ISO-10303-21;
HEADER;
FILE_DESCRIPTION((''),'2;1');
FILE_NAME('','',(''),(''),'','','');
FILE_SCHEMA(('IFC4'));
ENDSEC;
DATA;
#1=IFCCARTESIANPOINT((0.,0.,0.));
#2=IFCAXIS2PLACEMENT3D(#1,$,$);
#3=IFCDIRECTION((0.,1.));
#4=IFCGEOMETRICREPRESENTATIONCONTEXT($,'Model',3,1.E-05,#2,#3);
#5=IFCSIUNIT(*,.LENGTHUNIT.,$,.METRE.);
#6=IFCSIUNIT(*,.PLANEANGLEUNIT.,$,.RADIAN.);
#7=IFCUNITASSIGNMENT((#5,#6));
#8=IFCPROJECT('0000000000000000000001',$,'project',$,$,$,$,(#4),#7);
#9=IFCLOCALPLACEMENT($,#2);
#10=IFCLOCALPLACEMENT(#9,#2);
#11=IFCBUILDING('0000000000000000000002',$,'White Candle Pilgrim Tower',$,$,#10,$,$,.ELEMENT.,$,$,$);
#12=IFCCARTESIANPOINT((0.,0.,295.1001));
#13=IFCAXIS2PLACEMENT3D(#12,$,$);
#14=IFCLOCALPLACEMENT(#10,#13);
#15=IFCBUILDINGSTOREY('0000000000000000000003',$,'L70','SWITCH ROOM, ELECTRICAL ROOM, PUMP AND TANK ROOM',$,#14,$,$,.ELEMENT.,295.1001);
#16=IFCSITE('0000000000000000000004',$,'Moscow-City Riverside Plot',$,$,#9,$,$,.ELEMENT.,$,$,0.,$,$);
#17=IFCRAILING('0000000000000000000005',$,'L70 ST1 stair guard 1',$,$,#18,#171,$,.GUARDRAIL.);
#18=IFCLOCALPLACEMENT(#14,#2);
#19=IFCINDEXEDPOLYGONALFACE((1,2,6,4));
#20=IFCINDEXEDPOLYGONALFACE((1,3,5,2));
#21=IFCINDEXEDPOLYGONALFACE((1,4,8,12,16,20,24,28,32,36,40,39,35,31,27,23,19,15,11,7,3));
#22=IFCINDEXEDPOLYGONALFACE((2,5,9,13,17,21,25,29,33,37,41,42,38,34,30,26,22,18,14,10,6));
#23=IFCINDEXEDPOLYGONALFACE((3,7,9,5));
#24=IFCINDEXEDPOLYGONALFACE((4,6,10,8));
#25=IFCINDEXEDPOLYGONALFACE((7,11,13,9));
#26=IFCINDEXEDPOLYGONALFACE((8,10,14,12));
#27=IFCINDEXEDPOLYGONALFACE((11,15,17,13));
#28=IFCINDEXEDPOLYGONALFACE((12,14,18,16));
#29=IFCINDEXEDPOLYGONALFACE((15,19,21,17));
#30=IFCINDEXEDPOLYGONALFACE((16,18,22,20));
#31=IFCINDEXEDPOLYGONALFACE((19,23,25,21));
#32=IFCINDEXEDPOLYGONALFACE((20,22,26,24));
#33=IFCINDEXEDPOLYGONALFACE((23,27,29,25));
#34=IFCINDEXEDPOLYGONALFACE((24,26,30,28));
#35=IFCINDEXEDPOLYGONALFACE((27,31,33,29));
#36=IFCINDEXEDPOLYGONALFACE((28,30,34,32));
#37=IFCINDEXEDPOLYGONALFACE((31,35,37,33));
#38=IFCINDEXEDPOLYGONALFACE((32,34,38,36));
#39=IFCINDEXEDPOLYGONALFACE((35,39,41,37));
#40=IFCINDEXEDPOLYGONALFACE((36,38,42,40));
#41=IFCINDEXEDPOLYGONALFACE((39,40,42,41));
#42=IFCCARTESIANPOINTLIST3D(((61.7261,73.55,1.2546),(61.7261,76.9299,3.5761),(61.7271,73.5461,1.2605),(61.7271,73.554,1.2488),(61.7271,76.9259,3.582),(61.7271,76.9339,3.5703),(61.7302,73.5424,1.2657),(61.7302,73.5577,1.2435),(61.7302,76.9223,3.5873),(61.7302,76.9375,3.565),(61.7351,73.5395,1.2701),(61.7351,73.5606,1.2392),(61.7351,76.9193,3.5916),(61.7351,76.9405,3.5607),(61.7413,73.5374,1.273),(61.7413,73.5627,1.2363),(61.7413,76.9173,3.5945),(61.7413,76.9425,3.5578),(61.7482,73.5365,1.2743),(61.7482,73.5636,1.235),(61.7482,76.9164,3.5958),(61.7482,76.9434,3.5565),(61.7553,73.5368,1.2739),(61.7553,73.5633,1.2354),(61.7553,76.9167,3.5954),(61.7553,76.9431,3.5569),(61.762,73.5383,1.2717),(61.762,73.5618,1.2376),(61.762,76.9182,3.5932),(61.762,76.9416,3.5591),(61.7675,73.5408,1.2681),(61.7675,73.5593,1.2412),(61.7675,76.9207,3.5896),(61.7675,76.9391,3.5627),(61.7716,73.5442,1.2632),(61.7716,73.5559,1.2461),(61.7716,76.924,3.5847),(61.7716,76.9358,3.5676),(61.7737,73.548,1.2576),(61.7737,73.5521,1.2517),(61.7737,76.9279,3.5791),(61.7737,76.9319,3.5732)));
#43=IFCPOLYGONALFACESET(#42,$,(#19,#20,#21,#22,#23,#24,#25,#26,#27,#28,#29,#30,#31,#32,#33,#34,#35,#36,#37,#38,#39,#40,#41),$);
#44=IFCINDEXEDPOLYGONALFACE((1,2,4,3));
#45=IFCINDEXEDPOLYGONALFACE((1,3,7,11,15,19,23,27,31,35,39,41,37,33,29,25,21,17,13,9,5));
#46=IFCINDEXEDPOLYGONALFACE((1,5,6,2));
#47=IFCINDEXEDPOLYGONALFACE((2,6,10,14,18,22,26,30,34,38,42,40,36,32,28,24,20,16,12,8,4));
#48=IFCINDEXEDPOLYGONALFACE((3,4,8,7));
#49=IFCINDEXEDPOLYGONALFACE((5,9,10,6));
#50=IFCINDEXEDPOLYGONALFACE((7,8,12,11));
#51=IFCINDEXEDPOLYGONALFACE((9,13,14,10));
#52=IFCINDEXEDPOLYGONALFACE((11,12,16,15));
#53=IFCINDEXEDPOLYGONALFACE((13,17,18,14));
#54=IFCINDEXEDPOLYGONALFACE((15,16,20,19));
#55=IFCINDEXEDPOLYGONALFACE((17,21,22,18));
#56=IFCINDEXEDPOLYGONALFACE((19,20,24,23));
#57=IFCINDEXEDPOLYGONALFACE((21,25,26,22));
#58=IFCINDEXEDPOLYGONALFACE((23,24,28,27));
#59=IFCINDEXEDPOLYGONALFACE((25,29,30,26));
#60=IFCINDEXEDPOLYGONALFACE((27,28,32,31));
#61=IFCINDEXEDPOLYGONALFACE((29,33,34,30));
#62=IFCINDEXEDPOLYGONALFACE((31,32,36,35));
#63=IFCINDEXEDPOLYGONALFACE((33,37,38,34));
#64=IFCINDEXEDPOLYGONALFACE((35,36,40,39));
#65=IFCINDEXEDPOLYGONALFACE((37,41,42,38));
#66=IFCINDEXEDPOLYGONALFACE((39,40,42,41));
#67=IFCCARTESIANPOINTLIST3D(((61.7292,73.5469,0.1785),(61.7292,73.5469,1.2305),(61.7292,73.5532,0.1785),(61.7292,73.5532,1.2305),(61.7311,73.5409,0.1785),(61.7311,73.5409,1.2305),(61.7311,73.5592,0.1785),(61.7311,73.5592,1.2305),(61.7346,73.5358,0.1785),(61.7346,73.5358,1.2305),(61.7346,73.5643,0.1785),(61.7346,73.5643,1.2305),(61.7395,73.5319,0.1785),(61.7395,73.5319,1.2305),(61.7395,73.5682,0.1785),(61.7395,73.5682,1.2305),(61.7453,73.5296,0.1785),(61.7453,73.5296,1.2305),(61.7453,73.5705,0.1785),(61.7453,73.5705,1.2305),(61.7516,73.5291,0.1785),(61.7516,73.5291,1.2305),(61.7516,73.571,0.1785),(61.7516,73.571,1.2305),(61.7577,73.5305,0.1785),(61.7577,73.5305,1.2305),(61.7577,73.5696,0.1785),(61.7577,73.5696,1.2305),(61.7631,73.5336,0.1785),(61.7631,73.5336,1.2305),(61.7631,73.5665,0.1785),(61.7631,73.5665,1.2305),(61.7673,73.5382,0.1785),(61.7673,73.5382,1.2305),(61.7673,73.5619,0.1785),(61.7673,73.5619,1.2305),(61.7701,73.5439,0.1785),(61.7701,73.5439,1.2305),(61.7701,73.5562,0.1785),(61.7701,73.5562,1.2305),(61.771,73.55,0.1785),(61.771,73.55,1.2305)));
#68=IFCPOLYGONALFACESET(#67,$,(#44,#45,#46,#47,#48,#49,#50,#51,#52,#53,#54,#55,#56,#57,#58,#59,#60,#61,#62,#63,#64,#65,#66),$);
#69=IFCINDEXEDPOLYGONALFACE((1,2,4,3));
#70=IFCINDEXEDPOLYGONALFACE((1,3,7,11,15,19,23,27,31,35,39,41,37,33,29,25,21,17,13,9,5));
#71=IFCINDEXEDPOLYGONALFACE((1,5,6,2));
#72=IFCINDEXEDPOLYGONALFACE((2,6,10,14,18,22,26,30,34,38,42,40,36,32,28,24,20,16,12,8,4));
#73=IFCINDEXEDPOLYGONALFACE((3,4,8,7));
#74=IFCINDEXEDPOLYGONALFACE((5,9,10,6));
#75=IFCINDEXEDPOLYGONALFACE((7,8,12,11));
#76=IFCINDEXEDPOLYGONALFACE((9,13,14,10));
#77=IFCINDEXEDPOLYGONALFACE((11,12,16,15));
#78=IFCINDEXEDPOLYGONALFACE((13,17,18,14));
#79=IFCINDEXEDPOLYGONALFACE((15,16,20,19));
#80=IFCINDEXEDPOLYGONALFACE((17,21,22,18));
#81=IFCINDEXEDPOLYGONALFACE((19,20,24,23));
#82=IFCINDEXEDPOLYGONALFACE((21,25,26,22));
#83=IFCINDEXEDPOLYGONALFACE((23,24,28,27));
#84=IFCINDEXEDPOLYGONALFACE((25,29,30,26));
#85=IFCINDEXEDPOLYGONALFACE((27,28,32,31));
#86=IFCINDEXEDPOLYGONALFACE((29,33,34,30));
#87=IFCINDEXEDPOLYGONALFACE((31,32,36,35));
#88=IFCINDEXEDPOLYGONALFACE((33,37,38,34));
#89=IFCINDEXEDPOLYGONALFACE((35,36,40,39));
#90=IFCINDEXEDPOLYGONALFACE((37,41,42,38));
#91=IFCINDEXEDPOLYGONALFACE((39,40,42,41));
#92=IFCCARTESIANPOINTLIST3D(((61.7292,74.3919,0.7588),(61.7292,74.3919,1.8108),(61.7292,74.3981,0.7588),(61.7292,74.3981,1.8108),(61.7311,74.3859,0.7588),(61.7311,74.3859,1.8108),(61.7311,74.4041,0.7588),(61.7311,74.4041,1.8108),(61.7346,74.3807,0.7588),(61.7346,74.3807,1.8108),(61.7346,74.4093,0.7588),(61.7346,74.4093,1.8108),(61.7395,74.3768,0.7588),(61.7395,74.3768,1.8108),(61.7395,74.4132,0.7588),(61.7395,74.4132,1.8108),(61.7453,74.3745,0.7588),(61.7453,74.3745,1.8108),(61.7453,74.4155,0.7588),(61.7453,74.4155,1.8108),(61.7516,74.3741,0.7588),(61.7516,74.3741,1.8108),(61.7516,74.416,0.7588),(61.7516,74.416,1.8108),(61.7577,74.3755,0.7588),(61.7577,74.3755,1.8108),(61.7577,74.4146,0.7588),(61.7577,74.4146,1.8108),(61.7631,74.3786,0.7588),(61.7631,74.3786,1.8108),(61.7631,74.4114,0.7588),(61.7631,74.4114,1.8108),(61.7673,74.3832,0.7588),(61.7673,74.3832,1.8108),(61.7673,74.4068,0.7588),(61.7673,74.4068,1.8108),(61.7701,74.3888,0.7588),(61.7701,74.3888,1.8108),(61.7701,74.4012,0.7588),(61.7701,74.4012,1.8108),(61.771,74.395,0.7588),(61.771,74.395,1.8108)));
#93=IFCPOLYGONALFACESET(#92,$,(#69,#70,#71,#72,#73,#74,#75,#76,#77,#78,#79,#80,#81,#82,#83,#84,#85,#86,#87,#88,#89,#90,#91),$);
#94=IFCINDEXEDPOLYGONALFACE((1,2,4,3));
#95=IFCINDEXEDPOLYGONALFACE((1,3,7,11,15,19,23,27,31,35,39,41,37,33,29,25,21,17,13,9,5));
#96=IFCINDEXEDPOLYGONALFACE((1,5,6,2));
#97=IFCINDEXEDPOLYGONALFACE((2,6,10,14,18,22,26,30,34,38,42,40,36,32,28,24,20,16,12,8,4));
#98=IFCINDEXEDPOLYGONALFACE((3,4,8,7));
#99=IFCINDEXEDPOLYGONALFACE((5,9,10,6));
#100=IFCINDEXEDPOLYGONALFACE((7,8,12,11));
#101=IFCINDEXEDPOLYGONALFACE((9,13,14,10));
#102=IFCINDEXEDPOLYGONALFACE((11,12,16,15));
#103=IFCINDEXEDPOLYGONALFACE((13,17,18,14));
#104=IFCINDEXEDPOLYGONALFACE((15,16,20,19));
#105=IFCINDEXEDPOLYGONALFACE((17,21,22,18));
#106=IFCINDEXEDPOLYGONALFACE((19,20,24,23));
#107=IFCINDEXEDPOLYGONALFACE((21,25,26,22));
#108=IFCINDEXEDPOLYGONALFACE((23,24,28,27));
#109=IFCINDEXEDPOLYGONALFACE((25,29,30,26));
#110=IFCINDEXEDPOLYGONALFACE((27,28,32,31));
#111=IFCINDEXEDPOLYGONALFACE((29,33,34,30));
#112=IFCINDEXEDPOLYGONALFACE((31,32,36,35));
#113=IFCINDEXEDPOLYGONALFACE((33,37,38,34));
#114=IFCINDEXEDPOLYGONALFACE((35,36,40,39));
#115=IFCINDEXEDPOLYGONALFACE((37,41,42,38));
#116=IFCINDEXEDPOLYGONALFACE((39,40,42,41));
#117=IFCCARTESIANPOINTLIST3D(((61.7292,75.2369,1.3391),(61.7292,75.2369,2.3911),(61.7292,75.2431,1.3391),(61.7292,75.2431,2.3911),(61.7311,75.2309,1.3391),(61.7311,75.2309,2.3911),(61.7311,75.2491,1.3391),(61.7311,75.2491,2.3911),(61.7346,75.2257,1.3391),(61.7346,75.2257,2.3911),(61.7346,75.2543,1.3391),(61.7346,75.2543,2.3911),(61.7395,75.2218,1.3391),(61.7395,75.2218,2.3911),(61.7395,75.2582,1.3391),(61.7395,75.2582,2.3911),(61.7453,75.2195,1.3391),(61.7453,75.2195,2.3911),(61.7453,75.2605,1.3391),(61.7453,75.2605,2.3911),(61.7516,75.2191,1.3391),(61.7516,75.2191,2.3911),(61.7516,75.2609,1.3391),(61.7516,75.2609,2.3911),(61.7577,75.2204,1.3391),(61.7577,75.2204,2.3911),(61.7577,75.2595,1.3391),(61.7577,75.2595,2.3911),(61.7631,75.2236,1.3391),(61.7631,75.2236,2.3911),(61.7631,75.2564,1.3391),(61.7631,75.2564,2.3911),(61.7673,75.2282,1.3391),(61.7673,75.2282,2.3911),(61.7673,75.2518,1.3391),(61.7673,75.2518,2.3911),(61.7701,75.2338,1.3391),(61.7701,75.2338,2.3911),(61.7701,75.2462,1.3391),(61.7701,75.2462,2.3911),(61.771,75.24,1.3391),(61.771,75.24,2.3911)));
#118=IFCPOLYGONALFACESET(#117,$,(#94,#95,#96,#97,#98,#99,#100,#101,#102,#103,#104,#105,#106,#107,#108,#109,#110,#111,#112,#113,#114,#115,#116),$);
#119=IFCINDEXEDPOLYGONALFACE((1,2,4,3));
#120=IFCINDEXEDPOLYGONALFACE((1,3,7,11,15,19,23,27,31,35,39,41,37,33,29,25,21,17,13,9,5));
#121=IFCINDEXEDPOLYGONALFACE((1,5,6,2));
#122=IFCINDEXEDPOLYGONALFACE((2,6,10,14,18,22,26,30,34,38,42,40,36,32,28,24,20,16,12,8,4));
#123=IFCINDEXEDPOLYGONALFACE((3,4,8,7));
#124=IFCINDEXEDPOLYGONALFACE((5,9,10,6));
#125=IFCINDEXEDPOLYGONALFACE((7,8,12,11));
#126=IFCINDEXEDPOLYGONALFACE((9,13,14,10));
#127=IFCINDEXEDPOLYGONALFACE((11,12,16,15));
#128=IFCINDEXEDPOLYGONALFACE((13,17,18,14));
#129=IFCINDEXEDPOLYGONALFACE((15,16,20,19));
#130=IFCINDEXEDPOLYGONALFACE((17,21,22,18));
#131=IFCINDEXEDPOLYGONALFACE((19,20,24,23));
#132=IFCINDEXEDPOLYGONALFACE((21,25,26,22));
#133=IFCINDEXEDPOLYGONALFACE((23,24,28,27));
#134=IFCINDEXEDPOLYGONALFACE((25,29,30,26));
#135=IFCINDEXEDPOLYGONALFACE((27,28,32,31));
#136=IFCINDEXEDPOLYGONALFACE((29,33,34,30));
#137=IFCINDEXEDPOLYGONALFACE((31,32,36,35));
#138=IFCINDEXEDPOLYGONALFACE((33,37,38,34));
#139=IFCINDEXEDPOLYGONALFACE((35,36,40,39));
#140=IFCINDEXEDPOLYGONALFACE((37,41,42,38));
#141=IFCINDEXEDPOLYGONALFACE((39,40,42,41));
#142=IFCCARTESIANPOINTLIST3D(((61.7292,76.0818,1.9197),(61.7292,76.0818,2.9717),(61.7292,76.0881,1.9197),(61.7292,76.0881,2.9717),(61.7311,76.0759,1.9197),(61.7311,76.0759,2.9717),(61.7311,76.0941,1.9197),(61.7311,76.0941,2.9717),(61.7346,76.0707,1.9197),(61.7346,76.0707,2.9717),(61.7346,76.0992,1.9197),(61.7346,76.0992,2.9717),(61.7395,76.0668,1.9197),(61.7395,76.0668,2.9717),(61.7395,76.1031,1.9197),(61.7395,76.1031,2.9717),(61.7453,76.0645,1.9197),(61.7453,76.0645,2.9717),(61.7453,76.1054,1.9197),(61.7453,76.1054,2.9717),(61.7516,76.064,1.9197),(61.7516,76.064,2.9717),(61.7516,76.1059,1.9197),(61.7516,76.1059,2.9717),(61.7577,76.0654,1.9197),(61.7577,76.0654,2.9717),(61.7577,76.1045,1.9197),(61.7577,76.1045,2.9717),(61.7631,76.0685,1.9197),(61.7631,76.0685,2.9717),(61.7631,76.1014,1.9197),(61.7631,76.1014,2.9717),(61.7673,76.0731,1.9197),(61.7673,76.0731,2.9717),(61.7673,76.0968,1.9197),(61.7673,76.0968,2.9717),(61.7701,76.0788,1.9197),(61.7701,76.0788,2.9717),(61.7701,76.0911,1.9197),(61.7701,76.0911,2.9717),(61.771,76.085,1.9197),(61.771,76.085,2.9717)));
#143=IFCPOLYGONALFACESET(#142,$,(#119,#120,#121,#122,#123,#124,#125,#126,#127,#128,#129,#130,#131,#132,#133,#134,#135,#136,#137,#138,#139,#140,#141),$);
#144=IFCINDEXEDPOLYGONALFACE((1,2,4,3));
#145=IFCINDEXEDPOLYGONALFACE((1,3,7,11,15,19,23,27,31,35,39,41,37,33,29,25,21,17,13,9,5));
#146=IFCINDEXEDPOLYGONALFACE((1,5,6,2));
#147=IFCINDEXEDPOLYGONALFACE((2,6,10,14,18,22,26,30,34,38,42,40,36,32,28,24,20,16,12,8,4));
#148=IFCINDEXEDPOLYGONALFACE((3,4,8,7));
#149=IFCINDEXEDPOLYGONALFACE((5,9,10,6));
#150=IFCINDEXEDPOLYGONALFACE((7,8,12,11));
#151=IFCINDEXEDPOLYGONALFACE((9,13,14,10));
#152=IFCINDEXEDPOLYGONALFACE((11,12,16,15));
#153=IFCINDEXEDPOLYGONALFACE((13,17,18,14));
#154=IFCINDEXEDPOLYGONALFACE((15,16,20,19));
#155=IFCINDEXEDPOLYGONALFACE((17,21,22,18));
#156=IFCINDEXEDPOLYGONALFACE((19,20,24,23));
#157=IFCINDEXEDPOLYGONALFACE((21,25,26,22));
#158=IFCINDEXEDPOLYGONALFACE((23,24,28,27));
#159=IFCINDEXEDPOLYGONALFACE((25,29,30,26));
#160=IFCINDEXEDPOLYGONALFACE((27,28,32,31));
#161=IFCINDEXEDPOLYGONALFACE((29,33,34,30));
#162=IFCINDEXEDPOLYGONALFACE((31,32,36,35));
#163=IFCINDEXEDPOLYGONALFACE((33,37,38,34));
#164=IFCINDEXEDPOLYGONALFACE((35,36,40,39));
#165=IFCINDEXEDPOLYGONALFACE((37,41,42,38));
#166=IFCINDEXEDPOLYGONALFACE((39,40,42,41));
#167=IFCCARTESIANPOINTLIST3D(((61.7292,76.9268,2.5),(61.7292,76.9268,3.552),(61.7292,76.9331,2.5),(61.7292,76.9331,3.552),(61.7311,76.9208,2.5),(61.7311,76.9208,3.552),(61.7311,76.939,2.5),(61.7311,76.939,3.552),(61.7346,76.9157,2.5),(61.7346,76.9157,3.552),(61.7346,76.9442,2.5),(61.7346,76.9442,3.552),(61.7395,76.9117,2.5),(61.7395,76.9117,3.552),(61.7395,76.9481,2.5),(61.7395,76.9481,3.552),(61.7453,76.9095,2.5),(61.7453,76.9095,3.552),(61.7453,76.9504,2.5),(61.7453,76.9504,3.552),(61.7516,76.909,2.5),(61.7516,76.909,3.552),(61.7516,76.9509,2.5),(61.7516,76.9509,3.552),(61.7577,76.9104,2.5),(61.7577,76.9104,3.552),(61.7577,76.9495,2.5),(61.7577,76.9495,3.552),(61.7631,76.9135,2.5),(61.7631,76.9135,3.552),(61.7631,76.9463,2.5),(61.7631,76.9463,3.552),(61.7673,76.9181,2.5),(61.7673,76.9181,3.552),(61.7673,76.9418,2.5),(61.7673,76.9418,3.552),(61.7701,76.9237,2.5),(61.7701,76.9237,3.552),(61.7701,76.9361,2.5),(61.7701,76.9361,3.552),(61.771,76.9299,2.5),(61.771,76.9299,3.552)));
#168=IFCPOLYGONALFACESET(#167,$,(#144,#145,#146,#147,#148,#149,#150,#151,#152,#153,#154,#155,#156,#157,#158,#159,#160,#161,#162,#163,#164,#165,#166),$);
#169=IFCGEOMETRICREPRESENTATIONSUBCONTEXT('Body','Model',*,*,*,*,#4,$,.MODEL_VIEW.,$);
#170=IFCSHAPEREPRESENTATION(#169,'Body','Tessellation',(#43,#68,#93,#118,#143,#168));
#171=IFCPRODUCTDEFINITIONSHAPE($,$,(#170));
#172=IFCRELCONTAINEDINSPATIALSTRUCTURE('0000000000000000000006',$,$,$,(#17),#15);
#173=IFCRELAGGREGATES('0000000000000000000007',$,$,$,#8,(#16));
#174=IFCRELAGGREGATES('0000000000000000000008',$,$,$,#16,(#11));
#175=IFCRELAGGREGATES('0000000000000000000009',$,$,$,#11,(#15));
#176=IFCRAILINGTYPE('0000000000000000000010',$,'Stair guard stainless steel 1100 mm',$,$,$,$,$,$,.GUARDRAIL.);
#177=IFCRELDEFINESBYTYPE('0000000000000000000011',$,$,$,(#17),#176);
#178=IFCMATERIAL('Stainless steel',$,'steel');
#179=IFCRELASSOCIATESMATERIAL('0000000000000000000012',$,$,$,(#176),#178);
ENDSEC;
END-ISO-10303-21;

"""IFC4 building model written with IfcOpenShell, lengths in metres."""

from ifc_helpers import new_model, si_unit, direction, frame, origin, origin_2d, place, context, subcontext, project, spatial, circle, extrude, material, type_object, element, save


model = new_model("IFC4")

# Units and contexts
model_context = context("Model", 3, precision=1e-05, world=origin(), true_north=direction((0.0, 1.0)))
body_context = subcontext(model_context, "Body", "Model", "MODEL_VIEW")
ifc_project = project(units=[si_unit("LENGTHUNIT", "METRE"), si_unit("PLANEANGLEUNIT", "RADIAN")], contexts=[model_context])

# Site, building, storey
site_placement = place(None, origin())
site = spatial("IfcSite", under=ifc_project, at=site_placement, Name="Moscow-City Riverside Plot", CompositionType="ELEMENT", RefElevation=0.0)
building_placement = place(site_placement, origin())
building = spatial("IfcBuilding", under=site, at=building_placement, Name="White Candle Pilgrim Tower", CompositionType="ELEMENT")
storey_placement = place(building_placement, frame((0.0, 0.0, 295.1001)))
storey = spatial("IfcBuildingStorey", under=building, at=storey_placement, Name="L70", Description="SWITCH ROOM, ELECTRICAL ROOM, PUMP AND TANK ROOM", CompositionType="ELEMENT", Elevation=295.1001)

# Railing
ifc_material_1 = material(Name="Stainless steel", Category="steel")
railing_type_1 = type_object("IfcRailingType", Name="Stair guard stainless steel 1100 mm", PredefinedType="GUARDRAIL", material=ifc_material_1)
railing_1_placement = place(storey_placement, frame((61.75, 73.55, 0.1785)))
element("IfcRailing", 1, at=railing_1_placement, inside=storey, type_object=railing_type_1, Name="L70 ST1 stair guard 1", PredefinedType="GUARDRAIL", context=body_context, shape_type="SweptSolid", body=[
    extrude(circle(Radius=0.0239, at=origin_2d()), frame((0.0, 0.0, 1.0762), z_axis=(0.0, 0.824285, 0.566175), x_axis=(-1.0, 0.0, 0.0)), (0.0, 0.0, 1.0), 4.1003),
    extrude(circle(Radius=0.021, at=origin_2d()), origin(), (0.0, 0.0, 1.0), 1.052),
    extrude(circle(Radius=0.021, at=origin_2d()), frame((0.0, 0.845, 0.5803)), (0.0, 0.0, 1.0), 1.052),
    extrude(circle(Radius=0.021, at=origin_2d()), frame((0.0, 1.6899, 1.1606)), (0.0, 0.0, 1.0), 1.052),
    extrude(circle(Radius=0.021, at=origin_2d()), frame((0.0, 2.5349, 1.7412)), (0.0, 0.0, 1.0), 1.052),
    extrude(circle(Radius=0.021, at=origin_2d()), frame((0.0, 3.3799, 2.3215)), (0.0, 0.0, 1.0), 1.052),
])

save(model, "model.ifc")
